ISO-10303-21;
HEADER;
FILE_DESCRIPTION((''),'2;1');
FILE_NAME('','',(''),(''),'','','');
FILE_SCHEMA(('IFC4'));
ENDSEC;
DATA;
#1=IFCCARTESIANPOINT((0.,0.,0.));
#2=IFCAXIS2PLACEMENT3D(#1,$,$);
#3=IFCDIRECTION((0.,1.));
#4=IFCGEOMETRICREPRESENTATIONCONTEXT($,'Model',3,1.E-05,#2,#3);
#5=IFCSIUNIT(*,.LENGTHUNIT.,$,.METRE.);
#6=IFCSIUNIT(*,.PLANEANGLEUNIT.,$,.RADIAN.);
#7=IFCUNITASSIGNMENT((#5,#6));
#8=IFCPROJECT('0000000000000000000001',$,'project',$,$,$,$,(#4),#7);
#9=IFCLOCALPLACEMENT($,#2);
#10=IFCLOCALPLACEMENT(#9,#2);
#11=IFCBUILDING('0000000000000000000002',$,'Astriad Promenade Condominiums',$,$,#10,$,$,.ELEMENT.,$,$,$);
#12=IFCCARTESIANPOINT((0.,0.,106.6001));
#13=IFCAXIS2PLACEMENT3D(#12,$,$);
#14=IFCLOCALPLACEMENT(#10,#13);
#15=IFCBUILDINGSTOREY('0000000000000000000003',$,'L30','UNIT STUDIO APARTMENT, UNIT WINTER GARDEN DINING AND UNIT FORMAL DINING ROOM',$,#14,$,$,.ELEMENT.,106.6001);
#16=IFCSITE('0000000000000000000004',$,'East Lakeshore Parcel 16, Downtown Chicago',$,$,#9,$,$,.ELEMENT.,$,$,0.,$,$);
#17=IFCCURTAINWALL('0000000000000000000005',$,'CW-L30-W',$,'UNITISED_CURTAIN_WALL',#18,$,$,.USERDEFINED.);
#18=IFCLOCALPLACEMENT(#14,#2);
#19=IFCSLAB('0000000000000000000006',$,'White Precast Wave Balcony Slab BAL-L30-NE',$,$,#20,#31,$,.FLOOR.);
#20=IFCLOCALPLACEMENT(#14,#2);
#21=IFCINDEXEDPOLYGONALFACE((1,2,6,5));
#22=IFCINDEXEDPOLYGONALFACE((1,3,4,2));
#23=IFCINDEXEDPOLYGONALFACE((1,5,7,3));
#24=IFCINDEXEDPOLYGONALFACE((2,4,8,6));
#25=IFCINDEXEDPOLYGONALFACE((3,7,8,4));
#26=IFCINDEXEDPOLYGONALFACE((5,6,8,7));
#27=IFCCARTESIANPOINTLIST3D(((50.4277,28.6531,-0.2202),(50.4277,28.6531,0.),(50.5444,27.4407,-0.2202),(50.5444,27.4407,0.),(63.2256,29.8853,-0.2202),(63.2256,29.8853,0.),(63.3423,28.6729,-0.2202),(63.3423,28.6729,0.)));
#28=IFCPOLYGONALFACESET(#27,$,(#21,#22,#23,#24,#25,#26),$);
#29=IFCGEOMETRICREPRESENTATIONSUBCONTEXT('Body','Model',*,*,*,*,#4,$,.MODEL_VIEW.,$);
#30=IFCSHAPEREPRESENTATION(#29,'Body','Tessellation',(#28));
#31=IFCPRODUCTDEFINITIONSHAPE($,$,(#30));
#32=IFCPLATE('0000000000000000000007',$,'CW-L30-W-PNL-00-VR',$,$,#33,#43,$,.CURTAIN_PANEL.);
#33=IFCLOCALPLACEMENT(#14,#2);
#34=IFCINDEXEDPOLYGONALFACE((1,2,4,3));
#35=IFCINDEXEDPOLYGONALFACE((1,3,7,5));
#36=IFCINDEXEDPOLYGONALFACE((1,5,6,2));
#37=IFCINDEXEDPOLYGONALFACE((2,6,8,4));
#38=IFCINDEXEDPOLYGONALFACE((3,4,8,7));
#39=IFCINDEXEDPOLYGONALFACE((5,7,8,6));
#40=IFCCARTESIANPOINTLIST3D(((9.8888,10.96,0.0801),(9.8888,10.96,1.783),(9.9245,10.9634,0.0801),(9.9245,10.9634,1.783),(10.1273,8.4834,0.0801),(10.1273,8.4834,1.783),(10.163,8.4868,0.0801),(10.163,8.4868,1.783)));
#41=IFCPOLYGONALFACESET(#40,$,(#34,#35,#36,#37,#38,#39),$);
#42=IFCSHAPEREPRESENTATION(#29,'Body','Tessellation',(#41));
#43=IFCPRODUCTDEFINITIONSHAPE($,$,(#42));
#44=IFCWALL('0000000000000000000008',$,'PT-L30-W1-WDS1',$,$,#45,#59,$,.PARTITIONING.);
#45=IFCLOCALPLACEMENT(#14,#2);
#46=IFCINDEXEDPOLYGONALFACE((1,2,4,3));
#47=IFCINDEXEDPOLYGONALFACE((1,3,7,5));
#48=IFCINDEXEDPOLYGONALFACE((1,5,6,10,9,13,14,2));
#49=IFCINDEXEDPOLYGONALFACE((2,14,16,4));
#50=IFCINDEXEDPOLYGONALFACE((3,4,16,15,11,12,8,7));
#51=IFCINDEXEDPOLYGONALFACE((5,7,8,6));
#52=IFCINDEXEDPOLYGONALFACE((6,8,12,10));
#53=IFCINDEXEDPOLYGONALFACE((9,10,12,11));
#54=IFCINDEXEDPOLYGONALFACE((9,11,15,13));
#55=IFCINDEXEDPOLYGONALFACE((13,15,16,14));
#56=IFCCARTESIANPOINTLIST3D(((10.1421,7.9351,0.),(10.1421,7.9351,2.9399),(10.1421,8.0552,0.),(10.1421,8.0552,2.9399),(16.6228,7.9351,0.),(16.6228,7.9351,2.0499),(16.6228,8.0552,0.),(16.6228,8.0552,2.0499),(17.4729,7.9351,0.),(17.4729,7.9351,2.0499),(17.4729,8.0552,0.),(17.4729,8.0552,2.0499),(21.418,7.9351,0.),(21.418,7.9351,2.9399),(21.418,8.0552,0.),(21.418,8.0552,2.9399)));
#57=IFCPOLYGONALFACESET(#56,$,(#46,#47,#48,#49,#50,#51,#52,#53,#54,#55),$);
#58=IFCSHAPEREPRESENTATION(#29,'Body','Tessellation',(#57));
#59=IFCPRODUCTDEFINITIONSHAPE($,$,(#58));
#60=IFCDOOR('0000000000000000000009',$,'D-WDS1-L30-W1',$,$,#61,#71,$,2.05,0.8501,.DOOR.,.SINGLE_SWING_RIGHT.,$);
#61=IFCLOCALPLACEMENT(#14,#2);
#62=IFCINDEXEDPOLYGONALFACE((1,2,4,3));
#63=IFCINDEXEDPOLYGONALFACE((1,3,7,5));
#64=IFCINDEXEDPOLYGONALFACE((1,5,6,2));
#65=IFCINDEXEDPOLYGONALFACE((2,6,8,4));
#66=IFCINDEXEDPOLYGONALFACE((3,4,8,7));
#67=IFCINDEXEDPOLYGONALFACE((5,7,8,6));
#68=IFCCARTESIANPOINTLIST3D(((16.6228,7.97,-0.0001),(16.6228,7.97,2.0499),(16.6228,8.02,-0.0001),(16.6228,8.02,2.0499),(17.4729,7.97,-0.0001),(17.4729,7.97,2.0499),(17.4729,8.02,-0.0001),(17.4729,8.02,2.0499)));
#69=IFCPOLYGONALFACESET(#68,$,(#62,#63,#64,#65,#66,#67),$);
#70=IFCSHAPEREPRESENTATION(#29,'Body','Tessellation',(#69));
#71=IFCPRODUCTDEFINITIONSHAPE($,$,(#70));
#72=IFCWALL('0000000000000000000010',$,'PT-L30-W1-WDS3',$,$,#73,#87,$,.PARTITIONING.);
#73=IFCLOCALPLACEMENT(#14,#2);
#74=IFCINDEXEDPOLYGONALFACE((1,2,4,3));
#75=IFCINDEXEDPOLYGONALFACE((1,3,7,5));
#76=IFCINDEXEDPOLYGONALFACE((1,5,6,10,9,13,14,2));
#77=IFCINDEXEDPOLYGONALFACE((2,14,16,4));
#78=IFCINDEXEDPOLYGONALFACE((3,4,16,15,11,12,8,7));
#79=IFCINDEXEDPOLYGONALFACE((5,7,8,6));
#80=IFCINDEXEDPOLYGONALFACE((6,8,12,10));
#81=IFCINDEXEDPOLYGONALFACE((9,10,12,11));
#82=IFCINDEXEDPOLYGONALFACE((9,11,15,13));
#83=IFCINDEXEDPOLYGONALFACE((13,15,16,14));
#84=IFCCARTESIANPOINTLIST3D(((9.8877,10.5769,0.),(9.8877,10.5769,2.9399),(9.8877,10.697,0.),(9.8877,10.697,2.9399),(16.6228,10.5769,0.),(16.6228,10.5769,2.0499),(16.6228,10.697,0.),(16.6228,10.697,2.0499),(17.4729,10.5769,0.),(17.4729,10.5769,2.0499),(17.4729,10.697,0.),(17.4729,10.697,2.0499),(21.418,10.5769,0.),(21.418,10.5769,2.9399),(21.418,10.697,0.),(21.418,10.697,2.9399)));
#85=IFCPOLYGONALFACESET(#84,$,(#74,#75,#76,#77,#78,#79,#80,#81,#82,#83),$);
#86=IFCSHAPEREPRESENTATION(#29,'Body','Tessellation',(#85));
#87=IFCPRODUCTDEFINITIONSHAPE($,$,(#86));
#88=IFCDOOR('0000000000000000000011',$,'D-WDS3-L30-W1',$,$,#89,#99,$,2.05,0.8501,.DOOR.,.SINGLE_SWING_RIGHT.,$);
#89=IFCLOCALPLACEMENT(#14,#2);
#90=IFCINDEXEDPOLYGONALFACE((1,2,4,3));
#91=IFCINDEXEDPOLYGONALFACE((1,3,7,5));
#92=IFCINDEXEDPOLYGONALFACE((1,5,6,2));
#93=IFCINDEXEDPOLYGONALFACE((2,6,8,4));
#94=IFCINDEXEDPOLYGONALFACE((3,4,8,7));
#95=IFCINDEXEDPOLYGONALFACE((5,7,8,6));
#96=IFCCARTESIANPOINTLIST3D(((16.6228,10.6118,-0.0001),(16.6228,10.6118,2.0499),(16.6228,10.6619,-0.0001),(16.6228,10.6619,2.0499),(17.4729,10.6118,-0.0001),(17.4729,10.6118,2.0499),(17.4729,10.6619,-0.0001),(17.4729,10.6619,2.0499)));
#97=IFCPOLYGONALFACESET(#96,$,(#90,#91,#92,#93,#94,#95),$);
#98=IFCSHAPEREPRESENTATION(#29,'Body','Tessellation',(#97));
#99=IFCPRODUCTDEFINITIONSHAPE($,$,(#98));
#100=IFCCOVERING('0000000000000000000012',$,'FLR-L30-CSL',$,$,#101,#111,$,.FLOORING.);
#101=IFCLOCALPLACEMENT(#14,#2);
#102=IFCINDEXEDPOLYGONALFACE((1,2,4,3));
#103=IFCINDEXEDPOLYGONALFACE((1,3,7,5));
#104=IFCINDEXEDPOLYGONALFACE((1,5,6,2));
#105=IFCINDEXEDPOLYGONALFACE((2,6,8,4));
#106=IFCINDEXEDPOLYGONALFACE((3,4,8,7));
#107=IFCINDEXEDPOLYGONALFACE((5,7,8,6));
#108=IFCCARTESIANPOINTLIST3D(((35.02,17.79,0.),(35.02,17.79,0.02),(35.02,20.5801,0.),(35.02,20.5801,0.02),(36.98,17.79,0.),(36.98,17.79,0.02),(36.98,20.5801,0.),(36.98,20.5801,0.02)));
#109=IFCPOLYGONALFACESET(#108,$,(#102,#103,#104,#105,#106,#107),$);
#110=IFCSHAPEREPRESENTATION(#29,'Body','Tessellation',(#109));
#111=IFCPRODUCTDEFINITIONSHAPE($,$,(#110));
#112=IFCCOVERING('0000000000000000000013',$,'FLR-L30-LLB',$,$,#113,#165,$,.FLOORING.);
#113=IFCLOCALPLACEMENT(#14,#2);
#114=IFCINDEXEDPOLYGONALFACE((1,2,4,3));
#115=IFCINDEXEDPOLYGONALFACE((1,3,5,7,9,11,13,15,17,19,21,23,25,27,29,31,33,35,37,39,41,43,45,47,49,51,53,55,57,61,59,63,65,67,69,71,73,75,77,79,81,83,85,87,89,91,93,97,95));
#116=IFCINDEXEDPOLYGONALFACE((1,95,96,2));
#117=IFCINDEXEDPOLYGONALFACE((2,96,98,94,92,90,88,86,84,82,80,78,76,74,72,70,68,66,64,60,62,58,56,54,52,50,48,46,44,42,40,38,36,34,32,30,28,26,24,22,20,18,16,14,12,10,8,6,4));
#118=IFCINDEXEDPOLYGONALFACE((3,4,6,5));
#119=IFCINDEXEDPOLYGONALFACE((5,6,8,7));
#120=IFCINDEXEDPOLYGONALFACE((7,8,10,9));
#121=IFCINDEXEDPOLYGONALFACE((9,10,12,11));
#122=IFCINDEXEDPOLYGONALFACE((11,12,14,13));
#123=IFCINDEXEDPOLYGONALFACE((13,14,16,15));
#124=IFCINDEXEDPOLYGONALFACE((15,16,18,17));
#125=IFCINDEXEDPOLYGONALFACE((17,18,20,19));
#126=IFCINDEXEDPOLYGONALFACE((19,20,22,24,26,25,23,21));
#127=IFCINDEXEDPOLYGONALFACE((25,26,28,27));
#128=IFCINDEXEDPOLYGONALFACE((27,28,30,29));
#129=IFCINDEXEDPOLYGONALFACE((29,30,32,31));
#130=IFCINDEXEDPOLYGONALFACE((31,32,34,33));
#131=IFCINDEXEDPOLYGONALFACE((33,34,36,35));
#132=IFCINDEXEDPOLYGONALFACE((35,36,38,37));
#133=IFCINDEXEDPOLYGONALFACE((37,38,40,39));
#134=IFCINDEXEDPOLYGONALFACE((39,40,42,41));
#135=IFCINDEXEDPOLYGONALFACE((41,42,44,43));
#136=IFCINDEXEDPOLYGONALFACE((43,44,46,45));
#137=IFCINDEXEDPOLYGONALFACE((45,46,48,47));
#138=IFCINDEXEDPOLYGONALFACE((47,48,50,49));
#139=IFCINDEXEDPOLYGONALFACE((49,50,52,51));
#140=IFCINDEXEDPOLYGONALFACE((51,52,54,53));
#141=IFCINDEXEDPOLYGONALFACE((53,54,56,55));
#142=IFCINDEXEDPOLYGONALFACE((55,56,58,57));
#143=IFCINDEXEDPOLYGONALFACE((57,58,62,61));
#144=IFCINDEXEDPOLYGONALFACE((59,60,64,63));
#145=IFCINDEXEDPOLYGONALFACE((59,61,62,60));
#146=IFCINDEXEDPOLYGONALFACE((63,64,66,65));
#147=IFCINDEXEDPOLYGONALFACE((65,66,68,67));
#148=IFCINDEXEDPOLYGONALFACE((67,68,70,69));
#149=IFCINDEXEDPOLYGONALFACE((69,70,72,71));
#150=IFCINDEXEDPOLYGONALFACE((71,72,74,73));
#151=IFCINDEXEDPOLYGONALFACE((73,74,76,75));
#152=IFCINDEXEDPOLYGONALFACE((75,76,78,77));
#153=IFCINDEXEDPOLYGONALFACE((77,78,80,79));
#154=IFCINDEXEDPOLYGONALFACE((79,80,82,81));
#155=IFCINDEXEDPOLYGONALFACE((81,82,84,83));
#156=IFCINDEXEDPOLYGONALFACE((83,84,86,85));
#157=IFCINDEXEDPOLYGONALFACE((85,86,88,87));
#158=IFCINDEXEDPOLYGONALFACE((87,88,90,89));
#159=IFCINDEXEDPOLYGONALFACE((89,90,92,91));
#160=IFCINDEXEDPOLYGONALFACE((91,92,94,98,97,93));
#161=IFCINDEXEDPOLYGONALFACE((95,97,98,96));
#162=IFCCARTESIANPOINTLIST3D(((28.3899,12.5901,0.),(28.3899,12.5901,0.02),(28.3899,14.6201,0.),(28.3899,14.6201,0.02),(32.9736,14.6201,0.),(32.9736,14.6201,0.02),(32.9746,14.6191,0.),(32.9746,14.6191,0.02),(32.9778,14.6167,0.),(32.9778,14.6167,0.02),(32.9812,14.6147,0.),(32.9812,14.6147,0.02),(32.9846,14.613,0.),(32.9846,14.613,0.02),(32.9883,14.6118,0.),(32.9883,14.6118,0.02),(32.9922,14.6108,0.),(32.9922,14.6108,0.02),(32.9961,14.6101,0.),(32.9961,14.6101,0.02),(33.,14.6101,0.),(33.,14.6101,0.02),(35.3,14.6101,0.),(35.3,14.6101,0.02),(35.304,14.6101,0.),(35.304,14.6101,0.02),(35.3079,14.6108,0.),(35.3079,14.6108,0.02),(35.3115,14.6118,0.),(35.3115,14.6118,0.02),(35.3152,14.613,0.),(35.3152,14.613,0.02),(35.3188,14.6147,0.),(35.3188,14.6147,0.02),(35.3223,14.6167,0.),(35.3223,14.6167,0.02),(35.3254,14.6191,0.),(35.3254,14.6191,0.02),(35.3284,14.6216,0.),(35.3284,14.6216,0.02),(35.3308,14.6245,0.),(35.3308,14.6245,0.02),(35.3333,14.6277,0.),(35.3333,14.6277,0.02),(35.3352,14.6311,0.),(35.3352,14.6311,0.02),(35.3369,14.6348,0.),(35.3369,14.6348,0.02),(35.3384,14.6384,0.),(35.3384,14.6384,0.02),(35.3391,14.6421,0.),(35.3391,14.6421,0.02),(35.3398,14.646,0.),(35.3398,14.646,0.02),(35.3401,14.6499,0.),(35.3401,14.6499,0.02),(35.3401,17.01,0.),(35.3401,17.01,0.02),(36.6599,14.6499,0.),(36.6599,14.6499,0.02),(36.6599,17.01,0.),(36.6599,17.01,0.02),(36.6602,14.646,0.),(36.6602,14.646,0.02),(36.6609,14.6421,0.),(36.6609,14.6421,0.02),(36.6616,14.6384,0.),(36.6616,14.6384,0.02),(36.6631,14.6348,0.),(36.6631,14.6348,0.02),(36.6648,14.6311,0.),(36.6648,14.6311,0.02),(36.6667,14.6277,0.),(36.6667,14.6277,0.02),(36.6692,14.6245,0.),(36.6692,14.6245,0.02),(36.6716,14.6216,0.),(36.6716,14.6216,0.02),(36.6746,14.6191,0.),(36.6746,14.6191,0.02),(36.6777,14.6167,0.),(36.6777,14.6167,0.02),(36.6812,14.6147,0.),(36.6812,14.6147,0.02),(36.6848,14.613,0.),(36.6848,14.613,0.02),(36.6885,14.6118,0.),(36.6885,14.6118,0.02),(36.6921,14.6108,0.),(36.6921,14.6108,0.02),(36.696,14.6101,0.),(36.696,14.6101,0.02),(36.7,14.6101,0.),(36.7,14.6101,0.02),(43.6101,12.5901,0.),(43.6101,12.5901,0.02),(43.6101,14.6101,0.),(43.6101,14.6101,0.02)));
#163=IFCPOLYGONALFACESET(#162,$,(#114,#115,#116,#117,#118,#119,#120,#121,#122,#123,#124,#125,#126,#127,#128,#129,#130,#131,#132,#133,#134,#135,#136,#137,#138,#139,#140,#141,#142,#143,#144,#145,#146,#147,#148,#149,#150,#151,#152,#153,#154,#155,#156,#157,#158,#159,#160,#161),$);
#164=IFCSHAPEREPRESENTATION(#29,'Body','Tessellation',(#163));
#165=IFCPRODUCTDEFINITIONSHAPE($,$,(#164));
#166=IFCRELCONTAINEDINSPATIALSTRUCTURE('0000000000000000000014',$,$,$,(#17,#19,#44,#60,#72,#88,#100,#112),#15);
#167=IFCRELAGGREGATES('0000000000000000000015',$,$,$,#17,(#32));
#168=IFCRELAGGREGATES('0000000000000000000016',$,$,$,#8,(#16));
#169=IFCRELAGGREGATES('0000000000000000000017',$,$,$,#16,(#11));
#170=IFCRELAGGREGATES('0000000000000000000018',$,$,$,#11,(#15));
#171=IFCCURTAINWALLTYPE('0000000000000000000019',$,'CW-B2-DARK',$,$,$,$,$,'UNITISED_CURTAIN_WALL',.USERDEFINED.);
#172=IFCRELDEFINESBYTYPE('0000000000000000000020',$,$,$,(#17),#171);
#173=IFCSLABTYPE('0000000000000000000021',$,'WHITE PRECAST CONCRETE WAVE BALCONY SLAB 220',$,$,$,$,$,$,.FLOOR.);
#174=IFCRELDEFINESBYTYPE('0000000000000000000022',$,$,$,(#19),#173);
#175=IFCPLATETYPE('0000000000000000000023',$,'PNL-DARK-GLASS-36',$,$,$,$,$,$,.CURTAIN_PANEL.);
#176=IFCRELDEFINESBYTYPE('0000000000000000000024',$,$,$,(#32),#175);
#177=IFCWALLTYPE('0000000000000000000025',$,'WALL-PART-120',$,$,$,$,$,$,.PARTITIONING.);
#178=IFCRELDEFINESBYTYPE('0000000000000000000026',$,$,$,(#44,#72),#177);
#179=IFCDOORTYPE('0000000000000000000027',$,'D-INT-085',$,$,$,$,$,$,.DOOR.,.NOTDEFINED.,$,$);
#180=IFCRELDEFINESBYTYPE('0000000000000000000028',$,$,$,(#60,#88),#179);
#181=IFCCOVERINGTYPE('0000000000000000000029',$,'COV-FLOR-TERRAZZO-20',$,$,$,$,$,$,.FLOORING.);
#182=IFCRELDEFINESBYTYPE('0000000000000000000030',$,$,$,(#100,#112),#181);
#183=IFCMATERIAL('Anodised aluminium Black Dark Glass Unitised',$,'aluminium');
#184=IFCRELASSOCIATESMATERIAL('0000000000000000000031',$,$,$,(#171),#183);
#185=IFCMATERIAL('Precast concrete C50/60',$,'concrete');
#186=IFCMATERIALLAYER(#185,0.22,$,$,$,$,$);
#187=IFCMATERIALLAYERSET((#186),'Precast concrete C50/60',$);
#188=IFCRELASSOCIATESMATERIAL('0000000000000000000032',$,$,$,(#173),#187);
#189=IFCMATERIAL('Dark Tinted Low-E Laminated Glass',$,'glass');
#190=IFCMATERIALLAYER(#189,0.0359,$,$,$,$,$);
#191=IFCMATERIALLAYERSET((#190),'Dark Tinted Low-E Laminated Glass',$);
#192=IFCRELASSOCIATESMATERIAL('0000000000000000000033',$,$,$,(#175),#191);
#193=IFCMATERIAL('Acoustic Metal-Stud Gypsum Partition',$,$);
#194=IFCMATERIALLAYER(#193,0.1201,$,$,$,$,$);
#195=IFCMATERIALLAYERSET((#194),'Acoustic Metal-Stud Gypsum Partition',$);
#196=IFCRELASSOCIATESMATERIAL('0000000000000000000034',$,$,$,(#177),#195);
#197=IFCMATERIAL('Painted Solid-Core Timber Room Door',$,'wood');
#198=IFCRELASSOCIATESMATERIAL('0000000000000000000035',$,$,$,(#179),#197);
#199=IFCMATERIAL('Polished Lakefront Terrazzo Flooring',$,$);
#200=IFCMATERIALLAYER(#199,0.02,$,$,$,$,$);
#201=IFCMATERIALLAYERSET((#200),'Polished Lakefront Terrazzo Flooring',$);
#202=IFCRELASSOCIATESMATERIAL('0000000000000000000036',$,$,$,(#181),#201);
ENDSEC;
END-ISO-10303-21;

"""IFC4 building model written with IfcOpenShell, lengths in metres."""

from ifc_helpers import new_model, si_unit, direction, frame, frame_2d, origin, origin_2d, place, context, subcontext, project, spatial, polyline, rectangle, outline, extrude, source, transform, mapped, material, layer, layer_set, type_object, type_shapes, element, fill, aggregate, save


model = new_model("IFC4")

# Units and contexts
model_context = context("Model", 3, precision=1e-05, world=origin(), true_north=direction((0.0, 1.0)))
body_context = subcontext(model_context, "Body", "Model", "MODEL_VIEW")
ifc_project = project(units=[si_unit("LENGTHUNIT", "METRE"), si_unit("PLANEANGLEUNIT", "RADIAN")], contexts=[model_context])

# Site, building, storey
site_placement = place(None, origin())
site = spatial("IfcSite", under=ifc_project, at=site_placement, Name="East Lakeshore Parcel 16, Downtown Chicago", CompositionType="ELEMENT", RefElevation=0.0)
building_placement = place(site_placement, origin())
building = spatial("IfcBuilding", under=site, at=building_placement, Name="Astriad Promenade Condominiums", CompositionType="ELEMENT")
storey_placement = place(building_placement, frame((0.0, 0.0, 106.6001)))
storey = spatial("IfcBuildingStorey", under=building, at=storey_placement, Name="L30", Description="UNIT STUDIO APARTMENT, UNIT WINTER GARDEN DINING AND UNIT FORMAL DINING ROOM", CompositionType="ELEMENT", Elevation=106.6001)

# Curtain wall
ifc_material_1 = material(Name="Anodised aluminium Black Dark Glass Unitised", Category="aluminium")
curtain_wall_type = type_object("IfcCurtainWallType", Name="CW-B2-DARK", ElementType="UNITISED_CURTAIN_WALL", PredefinedType="USERDEFINED", material=ifc_material_1)
curtain_wall_placement = place(storey_placement, origin())
curtain_wall = element("IfcCurtainWall", 1, at=curtain_wall_placement, inside=storey, type_object=curtain_wall_type, Name="CW-L30-W", ObjectType="UNITISED_CURTAIN_WALL", PredefinedType="USERDEFINED")

# Slab
ifc_material_2 = material(Name="Precast concrete C50/60", Category="concrete")
ifc_layer_1 = layer(ifc_material_2, 0.22)
ifc_layer_set_1 = layer_set([ifc_layer_1], Name="Precast concrete C50/60")
slab_type_1 = type_object("IfcSlabType", Name="WHITE PRECAST CONCRETE WAVE BALCONY SLAB 220", PredefinedType="FLOOR", material=ifc_layer_set_1)
slab_1_placement = place(storey_placement, frame((0.0, 0.0, -0.2202)))
element("IfcSlab", 2, at=slab_1_placement, inside=storey, type_object=slab_type_1, Name="White Precast Wave Balcony Slab BAL-L30-NE", PredefinedType="FLOOR", context=body_context, shape_type="SweptSolid", body=[
    extrude(outline(polyline([(50.4277, 28.6531), (63.2256, 29.8853), (63.3423, 28.6729), (50.5444, 27.4407), (50.4277, 28.6531)])), origin(), (0.0, 0.0, 1.0), 0.2202),
])

# Plate
ifc_material_3 = material(Name="Dark Tinted Low-E Laminated Glass", Category="glass")
ifc_layer_2 = layer(ifc_material_3, 0.0359)
ifc_layer_set_2 = layer_set([ifc_layer_2], Name="Dark Tinted Low-E Laminated Glass")
plate_type = type_object("IfcPlateType", Name="PNL-DARK-GLASS-36", PredefinedType="CURTAIN_PANEL", material=ifc_layer_set_2)
shared_shape_1 = source(origin(), body_context, "Body", "SweptSolid", [
    extrude(rectangle(XDim=2.488, YDim=0.0359, at=origin_2d()), origin(), (0.0, 0.0, 1.0), 1.7029),
])
type_shapes(plate_type, [shared_shape_1])
plate_placement = place(storey_placement, frame((10.0259, 9.7234, 0.0801), z_axis=(0.0, 0.0, 1.0), x_axis=(-0.095846, 0.995396, 0.0)))
plate = element("IfcPlate", 3, at=plate_placement, type_object=plate_type, Name="CW-L30-W-PNL-00-VR", PredefinedType="CURTAIN_PANEL", context=body_context, shape_type="MappedRepresentation", body=[
    mapped(shared_shape_1, transform((0.0, 0.0, 0.0), scale=1.0)),
])
aggregate(curtain_wall, [plate])

# Walls, openings, doors
ifc_material_4 = material(Name="Acoustic Metal-Stud Gypsum Partition")
ifc_layer_3 = layer(ifc_material_4, 0.1201)
ifc_layer_set_3 = layer_set([ifc_layer_3], Name="Acoustic Metal-Stud Gypsum Partition")
wall_type = type_object("IfcWallType", Name="WALL-PART-120", PredefinedType="PARTITIONING", material=ifc_layer_set_3)
wall_1_placement = place(storey_placement, frame((10.1421, 7.9951, 0.0), z_axis=(0.0, 0.0, 1.0), x_axis=(1.0, 0.0, 0.0)))
wall_1 = element("IfcWall", 4, at=wall_1_placement, inside=storey, type_object=wall_type, Name="PT-L30-W1-WDS1", PredefinedType="PARTITIONING", context=body_context, shape_type="SweptSolid", body=[
    extrude(rectangle(XDim=11.2759, YDim=0.1201, at=frame_2d((5.6379, 0.0))), origin(), (0.0, 0.0, 1.0), 2.9399),
])
opening_1_placement = place(wall_1_placement, frame((6.4807, 0.0, 0.0)))
opening_1 = element("IfcOpeningElement", 5, at=opening_1_placement, cuts=wall_1, PredefinedType="OPENING", context=body_context, shape_type="SweptSolid", body=[
    extrude(rectangle(XDim=0.8501, YDim=2.05, at=frame_2d((0.425, 1.0249))), frame((0.0, 0.0701, 0.0), z_axis=(0.0, -1.0, 0.0), x_axis=(1.0, 0.0, 0.0)), (0.0, 0.0, 1.0), 0.1401),
])
ifc_material_5 = material(Name="Painted Solid-Core Timber Room Door", Category="wood")
door_type = type_object("IfcDoorType", Name="D-INT-085", OperationType="NOTDEFINED", PredefinedType="DOOR", material=ifc_material_5)
shared_shape_2 = source(origin(), body_context, "Body", "SweptSolid", [
    extrude(rectangle(XDim=0.8501, YDim=2.05, at=frame_2d((0.425, 1.0249))), frame((0.0, 0.0249, 0.0), z_axis=(0.0, -1.0, 0.0), x_axis=(1.0, 0.0, 0.0)), (0.0, 0.0, 1.0), 0.05),
])
type_shapes(door_type, [shared_shape_2])
door_1_placement = place(opening_1_placement, origin())
door_1 = element("IfcDoor", 6, at=door_1_placement, inside=storey, type_object=door_type, Name="D-WDS1-L30-W1", OperationType="SINGLE_SWING_RIGHT", OverallHeight=2.05, OverallWidth=0.8501, PredefinedType="DOOR", context=body_context, shape_type="MappedRepresentation", body=[
    mapped(shared_shape_2, transform((0.0, 0.0, 0.0), scale=1.0)),
])
fill(opening_1, door_1)
wall_2_placement = place(storey_placement, frame((9.8877, 10.637, 0.0), z_axis=(0.0, 0.0, 1.0), x_axis=(1.0, 0.0, 0.0)))
wall_2 = element("IfcWall", 7, at=wall_2_placement, inside=storey, type_object=wall_type, Name="PT-L30-W1-WDS3", PredefinedType="PARTITIONING", context=body_context, shape_type="SweptSolid", body=[
    extrude(rectangle(XDim=11.5303, YDim=0.1201, at=frame_2d((5.7651, 0.0))), origin(), (0.0, 0.0, 1.0), 2.9399),
])
opening_2_placement = place(wall_2_placement, frame((6.7351, 0.0, 0.0)))
opening_2 = element("IfcOpeningElement", 8, at=opening_2_placement, cuts=wall_2, PredefinedType="OPENING", context=body_context, shape_type="SweptSolid", body=[
    extrude(rectangle(XDim=0.8501, YDim=2.05, at=frame_2d((0.425, 1.0249))), frame((0.0, 0.0701, 0.0), z_axis=(0.0, -1.0, 0.0), x_axis=(1.0, 0.0, 0.0)), (0.0, 0.0, 1.0), 0.1401),
])
door_2_placement = place(opening_2_placement, origin())
door_2 = element("IfcDoor", 9, at=door_2_placement, inside=storey, type_object=door_type, Name="D-WDS3-L30-W1", OperationType="SINGLE_SWING_RIGHT", OverallHeight=2.05, OverallWidth=0.8501, PredefinedType="DOOR", context=body_context, shape_type="MappedRepresentation", body=[
    mapped(shared_shape_2, transform((0.0, 0.0, 0.0), scale=1.0)),
])
fill(opening_2, door_2)

# Coverings
ifc_material_6 = material(Name="Polished Lakefront Terrazzo Flooring")
ifc_layer_4 = layer(ifc_material_6, 0.02)
ifc_layer_set_4 = layer_set([ifc_layer_4], Name="Polished Lakefront Terrazzo Flooring")
covering_type = type_object("IfcCoveringType", Name="COV-FLOR-TERRAZZO-20", PredefinedType="FLOORING", material=ifc_layer_set_4)
covering_1_placement = place(storey_placement, origin())
element("IfcCovering", 10, at=covering_1_placement, inside=storey, type_object=covering_type, Name="FLR-L30-CSL", PredefinedType="FLOORING", context=body_context, shape_type="SweptSolid", body=[
    extrude(outline(polyline([(36.98, 17.79), (35.02, 17.79), (35.02, 20.5801), (36.98, 20.5801), (36.98, 17.79)])), origin(), (0.0, 0.0, 1.0), 0.02),
])
covering_2_placement = place(storey_placement, origin())
element("IfcCovering", 11, at=covering_2_placement, inside=storey, type_object=covering_type, Name="FLR-L30-LLB", PredefinedType="FLOORING", context=body_context, shape_type="SweptSolid", body=[
    extrude(outline(polyline([(32.9736, 14.6201), (32.9746, 14.6191), (32.9778, 14.6167), (32.9812, 14.6147), (32.9846, 14.613), (32.9883, 14.6118), (32.9922, 14.6108), (32.9961, 14.6101), (33.0, 14.6101), (35.3, 14.6101), (35.304, 14.6101), (35.3079, 14.6108), (35.3115, 14.6118), (35.3152, 14.613), (35.3188, 14.6147), (35.3223, 14.6167), (35.3254, 14.6191), (35.3284, 14.6216), (35.3308, 14.6245), (35.3333, 14.6277), (35.3352, 14.6311), (35.3369, 14.6348), (35.3384, 14.6384), (35.3391, 14.6421), (35.3398, 14.646), (35.3401, 14.6499), (35.3401, 17.01), (36.6599, 17.01), (36.6599, 14.6499), (36.6602, 14.646), (36.6609, 14.6421), (36.6616, 14.6384), (36.6631, 14.6348), (36.6648, 14.6311), (36.6667, 14.6277), (36.6692, 14.6245), (36.6716, 14.6216), (36.6746, 14.6191), (36.6777, 14.6167), (36.6812, 14.6147), (36.6848, 14.613), (36.6885, 14.6118), (36.6921, 14.6108), (36.696, 14.6101), (36.7, 14.6101), (43.6101, 14.6101), (43.6101, 12.5901), (28.3899, 12.5901), (28.3899, 14.6201), (32.9736, 14.6201)])), origin(), (0.0, 0.0, 1.0), 0.02),
])

save(model, "model.ifc")
